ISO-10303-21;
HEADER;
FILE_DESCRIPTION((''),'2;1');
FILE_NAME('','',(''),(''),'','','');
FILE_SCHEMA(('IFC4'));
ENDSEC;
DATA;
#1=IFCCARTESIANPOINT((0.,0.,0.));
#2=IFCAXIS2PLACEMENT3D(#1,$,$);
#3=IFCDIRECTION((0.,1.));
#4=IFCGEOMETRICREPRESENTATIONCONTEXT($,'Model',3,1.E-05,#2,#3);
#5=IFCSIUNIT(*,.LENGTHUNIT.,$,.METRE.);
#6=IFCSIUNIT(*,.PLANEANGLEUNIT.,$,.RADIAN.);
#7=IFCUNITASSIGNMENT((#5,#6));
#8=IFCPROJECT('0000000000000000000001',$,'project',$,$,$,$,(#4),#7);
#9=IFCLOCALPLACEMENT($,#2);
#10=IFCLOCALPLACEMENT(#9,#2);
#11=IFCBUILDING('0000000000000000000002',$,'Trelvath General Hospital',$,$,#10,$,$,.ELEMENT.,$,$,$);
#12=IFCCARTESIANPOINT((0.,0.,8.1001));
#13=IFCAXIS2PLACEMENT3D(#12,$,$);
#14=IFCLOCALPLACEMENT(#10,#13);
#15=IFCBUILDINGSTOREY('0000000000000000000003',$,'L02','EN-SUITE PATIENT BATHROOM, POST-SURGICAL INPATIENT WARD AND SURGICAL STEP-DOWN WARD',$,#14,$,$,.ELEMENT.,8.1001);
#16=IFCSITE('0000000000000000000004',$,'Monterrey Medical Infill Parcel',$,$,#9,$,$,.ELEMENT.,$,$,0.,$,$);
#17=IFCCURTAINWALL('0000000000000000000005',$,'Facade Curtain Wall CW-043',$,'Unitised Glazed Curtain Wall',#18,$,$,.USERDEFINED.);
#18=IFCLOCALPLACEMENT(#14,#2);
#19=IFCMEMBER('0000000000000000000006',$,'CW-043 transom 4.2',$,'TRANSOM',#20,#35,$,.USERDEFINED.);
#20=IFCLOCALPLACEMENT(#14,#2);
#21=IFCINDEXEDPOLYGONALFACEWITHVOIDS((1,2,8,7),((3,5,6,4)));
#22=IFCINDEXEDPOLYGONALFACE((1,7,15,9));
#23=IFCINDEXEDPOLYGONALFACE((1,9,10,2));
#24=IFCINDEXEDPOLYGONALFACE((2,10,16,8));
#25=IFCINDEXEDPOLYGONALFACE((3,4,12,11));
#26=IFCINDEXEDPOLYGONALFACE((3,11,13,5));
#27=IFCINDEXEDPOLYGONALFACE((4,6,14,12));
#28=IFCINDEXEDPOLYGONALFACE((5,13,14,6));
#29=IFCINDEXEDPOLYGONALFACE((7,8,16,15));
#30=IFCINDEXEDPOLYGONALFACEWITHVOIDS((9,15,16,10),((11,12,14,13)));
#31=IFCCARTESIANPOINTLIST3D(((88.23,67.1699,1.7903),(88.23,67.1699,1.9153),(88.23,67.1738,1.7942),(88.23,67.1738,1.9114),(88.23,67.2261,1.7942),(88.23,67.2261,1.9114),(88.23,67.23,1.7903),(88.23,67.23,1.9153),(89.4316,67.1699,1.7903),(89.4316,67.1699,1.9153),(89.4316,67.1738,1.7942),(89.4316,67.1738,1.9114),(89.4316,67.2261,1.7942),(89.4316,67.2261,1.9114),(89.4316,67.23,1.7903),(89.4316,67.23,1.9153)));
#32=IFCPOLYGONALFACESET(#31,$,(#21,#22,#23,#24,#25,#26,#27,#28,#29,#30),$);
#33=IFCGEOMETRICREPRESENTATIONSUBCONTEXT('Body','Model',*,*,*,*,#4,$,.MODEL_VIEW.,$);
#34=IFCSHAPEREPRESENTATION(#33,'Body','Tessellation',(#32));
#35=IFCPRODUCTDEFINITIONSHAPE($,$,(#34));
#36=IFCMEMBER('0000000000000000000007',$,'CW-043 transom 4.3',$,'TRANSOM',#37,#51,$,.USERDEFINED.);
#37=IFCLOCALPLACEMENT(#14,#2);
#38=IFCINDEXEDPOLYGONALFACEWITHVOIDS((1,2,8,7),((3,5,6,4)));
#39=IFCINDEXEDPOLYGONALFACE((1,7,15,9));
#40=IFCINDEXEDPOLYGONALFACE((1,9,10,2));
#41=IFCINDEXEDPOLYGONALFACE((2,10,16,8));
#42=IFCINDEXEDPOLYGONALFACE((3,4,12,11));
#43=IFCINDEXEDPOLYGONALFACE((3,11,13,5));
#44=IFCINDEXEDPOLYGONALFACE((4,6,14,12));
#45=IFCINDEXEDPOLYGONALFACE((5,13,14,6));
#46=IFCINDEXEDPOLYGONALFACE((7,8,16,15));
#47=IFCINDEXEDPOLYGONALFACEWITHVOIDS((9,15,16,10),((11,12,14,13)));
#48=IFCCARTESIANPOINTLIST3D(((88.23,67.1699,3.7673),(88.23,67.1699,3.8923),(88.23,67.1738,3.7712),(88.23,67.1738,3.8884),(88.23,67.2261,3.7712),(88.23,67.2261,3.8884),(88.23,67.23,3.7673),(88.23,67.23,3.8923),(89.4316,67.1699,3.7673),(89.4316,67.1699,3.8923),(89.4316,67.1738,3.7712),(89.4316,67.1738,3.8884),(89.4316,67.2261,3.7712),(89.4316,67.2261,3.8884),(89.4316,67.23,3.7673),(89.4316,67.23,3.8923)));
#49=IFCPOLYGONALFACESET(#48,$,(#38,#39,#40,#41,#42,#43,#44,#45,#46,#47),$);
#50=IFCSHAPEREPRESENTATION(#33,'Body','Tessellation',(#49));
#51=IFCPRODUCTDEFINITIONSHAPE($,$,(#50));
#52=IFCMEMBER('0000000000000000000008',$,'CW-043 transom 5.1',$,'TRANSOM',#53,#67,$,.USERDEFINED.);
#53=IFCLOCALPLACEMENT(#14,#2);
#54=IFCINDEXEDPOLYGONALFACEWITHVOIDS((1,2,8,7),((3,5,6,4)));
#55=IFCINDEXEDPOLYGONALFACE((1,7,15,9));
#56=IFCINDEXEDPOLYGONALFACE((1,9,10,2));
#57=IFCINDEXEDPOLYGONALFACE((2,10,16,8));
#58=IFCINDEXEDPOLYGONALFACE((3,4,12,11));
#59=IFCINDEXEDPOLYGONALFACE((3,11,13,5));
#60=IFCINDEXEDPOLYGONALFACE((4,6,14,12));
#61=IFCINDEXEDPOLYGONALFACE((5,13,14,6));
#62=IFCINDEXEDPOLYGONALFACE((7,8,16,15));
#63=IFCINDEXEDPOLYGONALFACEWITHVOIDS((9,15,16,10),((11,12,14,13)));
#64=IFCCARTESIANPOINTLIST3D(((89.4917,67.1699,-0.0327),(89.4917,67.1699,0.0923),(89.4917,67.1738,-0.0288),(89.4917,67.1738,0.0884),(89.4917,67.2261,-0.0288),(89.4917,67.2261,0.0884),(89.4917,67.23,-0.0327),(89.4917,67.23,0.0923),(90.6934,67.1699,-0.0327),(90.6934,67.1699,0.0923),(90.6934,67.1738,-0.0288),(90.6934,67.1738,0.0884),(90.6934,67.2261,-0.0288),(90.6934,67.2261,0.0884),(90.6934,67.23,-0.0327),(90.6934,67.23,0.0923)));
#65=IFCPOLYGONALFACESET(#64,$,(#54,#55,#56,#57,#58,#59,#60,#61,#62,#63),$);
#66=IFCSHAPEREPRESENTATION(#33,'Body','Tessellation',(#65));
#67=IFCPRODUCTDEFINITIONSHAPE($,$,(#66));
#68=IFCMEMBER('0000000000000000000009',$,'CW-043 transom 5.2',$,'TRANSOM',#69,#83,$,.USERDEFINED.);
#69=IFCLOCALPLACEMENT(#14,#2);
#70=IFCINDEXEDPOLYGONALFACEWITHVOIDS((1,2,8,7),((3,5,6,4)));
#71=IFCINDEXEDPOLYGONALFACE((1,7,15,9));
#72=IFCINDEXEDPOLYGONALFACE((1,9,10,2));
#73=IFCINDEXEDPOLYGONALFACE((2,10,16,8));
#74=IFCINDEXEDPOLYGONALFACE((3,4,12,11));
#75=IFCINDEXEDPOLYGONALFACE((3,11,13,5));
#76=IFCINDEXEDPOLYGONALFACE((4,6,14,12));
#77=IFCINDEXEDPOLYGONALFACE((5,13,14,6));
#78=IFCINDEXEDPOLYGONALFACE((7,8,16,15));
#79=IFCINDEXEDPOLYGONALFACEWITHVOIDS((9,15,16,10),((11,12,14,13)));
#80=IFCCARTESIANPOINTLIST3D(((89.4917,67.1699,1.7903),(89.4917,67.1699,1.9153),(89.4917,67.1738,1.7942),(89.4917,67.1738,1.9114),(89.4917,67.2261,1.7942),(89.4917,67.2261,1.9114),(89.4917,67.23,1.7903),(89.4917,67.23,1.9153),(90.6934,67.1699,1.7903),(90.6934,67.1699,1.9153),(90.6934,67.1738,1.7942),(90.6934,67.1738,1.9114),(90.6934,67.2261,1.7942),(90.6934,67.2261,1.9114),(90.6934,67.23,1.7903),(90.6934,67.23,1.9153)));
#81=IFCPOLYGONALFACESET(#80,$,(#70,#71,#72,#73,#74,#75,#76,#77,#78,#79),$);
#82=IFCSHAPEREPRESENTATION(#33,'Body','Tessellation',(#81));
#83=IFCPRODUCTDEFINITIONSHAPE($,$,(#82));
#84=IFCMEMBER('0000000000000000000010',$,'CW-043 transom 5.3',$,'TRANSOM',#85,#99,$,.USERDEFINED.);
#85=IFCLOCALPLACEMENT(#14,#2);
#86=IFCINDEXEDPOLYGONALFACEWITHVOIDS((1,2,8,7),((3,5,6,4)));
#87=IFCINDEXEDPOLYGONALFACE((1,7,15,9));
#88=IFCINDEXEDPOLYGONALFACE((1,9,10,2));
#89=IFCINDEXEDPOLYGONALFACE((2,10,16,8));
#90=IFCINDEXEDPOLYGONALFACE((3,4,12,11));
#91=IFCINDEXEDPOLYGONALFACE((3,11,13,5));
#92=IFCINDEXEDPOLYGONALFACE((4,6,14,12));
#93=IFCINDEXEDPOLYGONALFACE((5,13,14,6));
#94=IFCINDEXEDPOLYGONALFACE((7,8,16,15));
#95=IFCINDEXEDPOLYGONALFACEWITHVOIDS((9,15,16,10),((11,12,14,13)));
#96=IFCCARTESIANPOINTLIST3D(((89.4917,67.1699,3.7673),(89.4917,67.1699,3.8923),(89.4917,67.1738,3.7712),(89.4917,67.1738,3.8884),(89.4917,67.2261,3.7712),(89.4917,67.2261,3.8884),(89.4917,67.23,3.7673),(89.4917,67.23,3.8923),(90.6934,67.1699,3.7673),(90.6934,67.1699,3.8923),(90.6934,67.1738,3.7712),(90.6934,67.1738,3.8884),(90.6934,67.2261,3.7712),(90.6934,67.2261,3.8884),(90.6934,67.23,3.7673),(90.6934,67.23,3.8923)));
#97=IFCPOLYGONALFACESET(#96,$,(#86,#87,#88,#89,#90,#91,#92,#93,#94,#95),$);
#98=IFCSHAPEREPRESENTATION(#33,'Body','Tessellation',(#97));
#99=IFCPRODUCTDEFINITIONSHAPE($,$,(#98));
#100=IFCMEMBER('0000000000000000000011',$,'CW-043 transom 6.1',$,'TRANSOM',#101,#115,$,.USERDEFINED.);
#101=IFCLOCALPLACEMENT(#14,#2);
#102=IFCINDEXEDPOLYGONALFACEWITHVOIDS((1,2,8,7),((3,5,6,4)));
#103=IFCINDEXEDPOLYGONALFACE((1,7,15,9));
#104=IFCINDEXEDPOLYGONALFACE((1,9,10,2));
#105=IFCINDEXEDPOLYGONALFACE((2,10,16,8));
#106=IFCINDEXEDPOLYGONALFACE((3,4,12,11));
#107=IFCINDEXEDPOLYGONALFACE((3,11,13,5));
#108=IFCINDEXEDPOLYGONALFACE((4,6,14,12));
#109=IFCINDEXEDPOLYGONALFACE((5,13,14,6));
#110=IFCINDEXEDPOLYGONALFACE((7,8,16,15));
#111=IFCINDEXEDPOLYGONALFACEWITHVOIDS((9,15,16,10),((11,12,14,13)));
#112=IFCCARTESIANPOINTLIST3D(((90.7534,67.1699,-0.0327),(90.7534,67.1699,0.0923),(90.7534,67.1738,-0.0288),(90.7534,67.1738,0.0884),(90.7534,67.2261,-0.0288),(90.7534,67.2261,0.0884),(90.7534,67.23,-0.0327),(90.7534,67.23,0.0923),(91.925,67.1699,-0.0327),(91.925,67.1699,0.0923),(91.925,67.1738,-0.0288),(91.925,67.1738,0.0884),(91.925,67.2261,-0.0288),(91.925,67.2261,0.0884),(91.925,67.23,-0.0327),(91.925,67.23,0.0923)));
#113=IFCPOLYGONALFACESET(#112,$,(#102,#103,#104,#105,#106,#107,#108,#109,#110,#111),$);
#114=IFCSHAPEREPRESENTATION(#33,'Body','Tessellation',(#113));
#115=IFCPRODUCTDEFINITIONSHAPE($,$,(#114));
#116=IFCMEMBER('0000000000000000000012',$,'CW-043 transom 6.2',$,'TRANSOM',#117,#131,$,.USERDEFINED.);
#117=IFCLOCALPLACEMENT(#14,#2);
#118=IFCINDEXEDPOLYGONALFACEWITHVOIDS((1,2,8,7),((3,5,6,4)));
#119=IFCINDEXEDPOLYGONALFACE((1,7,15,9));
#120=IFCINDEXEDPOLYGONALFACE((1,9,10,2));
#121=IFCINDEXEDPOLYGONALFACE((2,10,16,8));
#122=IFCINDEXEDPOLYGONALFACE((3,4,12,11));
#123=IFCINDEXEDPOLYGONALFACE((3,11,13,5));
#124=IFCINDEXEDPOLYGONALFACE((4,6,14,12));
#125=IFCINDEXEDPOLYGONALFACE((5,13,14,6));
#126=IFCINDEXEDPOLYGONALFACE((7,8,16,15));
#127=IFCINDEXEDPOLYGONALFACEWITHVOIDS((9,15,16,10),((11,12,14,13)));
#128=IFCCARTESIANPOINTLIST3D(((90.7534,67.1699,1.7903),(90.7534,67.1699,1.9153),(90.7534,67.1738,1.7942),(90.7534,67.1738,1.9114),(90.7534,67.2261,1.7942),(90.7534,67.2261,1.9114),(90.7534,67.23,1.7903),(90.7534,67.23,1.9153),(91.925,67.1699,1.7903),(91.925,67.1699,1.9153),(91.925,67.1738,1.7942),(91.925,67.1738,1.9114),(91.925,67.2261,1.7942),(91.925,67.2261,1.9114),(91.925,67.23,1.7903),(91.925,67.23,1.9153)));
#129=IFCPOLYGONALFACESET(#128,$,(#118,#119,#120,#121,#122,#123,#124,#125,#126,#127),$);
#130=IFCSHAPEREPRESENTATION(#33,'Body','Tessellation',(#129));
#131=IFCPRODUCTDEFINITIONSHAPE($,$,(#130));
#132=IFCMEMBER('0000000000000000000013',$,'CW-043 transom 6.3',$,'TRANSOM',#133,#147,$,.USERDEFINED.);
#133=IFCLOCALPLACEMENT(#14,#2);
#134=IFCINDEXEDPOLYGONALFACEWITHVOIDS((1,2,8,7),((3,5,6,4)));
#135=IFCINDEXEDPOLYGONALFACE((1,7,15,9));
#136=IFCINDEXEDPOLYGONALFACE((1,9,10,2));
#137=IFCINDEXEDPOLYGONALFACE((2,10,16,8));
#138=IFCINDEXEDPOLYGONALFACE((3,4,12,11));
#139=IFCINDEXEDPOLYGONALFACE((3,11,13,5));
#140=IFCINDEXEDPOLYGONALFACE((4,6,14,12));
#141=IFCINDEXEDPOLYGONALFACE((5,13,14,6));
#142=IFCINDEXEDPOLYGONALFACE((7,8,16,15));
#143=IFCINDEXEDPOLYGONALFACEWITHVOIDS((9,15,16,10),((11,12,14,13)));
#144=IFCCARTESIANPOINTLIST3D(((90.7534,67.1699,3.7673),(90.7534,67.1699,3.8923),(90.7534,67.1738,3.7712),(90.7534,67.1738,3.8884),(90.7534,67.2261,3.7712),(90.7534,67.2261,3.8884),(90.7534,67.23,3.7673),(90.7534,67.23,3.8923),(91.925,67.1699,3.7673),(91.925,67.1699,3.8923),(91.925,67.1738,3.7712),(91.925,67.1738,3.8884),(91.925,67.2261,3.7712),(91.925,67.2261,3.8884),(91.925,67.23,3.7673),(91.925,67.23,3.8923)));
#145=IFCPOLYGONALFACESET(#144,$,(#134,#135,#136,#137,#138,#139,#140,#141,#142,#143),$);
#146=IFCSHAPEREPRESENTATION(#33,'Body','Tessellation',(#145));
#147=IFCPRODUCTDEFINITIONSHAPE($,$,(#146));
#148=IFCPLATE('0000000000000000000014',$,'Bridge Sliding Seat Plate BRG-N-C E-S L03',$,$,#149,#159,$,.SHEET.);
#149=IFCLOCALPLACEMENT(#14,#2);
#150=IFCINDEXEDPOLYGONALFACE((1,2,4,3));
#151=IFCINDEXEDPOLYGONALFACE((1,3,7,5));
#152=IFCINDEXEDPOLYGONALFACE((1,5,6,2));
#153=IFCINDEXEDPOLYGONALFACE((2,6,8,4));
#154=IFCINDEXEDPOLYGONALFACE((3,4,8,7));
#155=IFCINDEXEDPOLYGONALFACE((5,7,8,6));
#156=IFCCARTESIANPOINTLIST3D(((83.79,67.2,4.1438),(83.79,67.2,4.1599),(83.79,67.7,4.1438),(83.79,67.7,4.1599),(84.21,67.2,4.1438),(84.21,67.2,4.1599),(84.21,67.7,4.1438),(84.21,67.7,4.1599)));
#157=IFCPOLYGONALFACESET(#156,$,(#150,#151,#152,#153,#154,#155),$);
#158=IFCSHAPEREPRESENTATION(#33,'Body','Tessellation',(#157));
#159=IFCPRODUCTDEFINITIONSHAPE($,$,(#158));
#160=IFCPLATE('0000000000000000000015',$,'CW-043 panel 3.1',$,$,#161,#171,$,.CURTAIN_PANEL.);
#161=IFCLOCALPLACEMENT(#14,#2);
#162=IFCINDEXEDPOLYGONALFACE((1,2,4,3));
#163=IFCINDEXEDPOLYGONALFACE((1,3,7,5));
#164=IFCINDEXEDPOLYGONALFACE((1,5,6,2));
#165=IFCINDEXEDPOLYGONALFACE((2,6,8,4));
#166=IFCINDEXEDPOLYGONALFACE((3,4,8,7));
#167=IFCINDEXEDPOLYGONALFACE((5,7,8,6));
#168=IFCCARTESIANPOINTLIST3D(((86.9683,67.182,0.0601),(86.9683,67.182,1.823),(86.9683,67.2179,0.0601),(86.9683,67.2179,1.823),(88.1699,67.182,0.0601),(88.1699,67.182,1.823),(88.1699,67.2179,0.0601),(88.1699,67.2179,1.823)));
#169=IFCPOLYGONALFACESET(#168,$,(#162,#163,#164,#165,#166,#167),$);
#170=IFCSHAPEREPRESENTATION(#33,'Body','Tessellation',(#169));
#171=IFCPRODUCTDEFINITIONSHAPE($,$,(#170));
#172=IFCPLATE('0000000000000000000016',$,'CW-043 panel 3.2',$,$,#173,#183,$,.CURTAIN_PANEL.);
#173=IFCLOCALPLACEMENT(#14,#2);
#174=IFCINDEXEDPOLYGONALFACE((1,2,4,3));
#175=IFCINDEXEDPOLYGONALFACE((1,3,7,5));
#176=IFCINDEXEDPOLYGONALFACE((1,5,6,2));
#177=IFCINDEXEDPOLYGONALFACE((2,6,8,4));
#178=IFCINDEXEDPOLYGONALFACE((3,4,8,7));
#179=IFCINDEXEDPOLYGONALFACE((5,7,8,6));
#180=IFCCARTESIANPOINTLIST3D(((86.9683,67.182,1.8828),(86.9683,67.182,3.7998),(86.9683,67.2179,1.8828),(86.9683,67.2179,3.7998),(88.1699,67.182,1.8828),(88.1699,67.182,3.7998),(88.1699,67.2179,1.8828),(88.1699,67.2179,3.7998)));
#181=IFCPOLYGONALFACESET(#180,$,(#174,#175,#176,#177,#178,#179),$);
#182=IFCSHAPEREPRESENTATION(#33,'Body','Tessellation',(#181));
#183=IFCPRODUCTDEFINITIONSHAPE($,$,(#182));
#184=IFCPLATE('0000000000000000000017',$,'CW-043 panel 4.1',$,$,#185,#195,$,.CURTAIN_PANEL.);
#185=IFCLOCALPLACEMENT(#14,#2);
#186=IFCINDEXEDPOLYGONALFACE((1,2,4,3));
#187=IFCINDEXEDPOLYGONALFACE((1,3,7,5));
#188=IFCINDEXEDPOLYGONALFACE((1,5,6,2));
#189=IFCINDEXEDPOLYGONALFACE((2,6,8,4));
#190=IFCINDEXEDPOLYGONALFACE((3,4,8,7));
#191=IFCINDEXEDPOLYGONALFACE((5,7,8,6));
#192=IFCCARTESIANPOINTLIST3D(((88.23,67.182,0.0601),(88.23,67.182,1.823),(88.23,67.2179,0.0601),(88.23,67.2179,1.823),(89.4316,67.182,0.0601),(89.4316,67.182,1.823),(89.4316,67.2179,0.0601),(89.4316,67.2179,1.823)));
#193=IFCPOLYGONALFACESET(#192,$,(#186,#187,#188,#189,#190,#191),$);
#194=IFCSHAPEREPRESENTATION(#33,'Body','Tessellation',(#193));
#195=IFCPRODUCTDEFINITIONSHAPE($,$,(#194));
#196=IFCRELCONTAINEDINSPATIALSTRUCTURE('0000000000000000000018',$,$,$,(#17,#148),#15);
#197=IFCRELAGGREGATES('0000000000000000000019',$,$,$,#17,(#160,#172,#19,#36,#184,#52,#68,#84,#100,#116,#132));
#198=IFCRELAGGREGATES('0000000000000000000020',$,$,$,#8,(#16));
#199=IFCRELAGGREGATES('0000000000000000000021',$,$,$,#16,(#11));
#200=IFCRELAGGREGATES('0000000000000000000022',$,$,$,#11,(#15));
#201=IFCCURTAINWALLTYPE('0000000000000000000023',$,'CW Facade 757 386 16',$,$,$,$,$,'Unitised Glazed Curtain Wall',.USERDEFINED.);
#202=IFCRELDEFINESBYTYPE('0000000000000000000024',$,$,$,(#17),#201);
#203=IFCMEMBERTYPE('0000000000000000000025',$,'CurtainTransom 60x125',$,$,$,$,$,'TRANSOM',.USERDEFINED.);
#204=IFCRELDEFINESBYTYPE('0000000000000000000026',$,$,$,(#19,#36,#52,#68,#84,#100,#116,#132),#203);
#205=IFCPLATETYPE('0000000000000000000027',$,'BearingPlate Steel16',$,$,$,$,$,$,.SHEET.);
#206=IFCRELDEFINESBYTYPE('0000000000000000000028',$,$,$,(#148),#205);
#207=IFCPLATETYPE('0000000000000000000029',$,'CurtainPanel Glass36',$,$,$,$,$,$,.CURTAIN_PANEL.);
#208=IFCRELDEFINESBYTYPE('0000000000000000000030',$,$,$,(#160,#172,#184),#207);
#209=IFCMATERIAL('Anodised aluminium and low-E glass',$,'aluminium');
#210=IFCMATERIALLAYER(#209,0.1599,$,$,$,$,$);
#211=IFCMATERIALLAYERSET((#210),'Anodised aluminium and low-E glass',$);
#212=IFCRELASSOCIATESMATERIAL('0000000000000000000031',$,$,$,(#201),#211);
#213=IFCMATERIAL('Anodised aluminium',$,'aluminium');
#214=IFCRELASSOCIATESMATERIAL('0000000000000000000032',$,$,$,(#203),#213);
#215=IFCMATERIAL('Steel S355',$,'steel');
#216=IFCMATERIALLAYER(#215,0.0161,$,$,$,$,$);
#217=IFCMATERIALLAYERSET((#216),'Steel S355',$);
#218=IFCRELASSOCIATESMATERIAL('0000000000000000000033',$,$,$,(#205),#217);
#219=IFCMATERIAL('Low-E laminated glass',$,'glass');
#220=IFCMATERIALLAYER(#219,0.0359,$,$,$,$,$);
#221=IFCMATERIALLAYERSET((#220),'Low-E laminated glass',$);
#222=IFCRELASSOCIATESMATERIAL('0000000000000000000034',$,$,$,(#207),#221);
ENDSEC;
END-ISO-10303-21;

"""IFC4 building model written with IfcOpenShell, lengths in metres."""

from ifc_helpers import new_model, si_unit, direction, frame, origin, origin_2d, place, context, subcontext, project, spatial, rectangle, hollow_rectangle, extrude, material, layer, layer_set, material_profile, profile_set, type_object, element, aggregate, save


model = new_model("IFC4")

# Units and contexts
model_context = context("Model", 3, precision=1e-05, world=origin(), true_north=direction((0.0, 1.0)))
body_context = subcontext(model_context, "Body", "Model", "MODEL_VIEW")
ifc_project = project(units=[si_unit("LENGTHUNIT", "METRE"), si_unit("PLANEANGLEUNIT", "RADIAN")], contexts=[model_context])

# Site, building, storey
site_placement = place(None, origin())
site = spatial("IfcSite", under=ifc_project, at=site_placement, Name="Monterrey Medical Infill Parcel", CompositionType="ELEMENT", RefElevation=0.0)
building_placement = place(site_placement, origin())
building = spatial("IfcBuilding", under=site, at=building_placement, Name="Trelvath General Hospital", CompositionType="ELEMENT")
storey_placement = place(building_placement, frame((0.0, 0.0, 8.1001)))
storey = spatial("IfcBuildingStorey", under=building, at=storey_placement, Name="L02", Description="EN-SUITE PATIENT BATHROOM, POST-SURGICAL INPATIENT WARD AND SURGICAL STEP-DOWN WARD", CompositionType="ELEMENT", Elevation=8.1001)

# Curtain wall
ifc_material_1 = material(Name="Anodised aluminium and low-E glass", Category="aluminium")
ifc_layer_1 = layer(ifc_material_1, 0.1599)
ifc_layer_set_1 = layer_set([ifc_layer_1], Name="Anodised aluminium and low-E glass")
curtain_wall_type_1 = type_object("IfcCurtainWallType", Name="CW Facade 757 386 16", ElementType="Unitised Glazed Curtain Wall", PredefinedType="USERDEFINED", material=ifc_layer_set_1)
curtain_wall_1_placement = place(storey_placement, origin())
curtain_wall_1 = element("IfcCurtainWall", 1, at=curtain_wall_1_placement, inside=storey, type_object=curtain_wall_type_1, Name="Facade Curtain Wall CW-043", ObjectType="Unitised Glazed Curtain Wall", PredefinedType="USERDEFINED")

# Members
ifc_material_2 = material(Name="Anodised aluminium", Category="aluminium")
ifc_material_profile_1 = material_profile(ifc_material_2, hollow_rectangle(XDim=0.0601, YDim=0.125, WallThickness=0.0039, at=origin_2d()), Name="RHS60x125x4")
ifc_profile_set_1 = profile_set([ifc_material_profile_1], Name="Anodised aluminium")
member_type_1 = type_object("IfcMemberType", Name="CurtainTransom 60x125", ElementType="TRANSOM", PredefinedType="USERDEFINED", material=ifc_profile_set_1)
member_1_placement = place(storey_placement, frame((88.23, 67.2, 1.8528), z_axis=(1.0, 0.0, 0.0), x_axis=(0.0, 1.0, 0.0)))
member_1 = element("IfcMember", 2, at=member_1_placement, type_object=member_type_1, Name="CW-043 transom 4.2", ObjectType="TRANSOM", PredefinedType="USERDEFINED", context=body_context, shape_type="SweptSolid", body=[
    extrude(hollow_rectangle(XDim=0.0601, YDim=0.125, WallThickness=0.0039, at=origin_2d()), origin(), (0.0, 0.0, 1.0), 1.2017),
])
member_2_placement = place(storey_placement, frame((88.23, 67.2, 3.8298), z_axis=(1.0, 0.0, 0.0), x_axis=(0.0, 1.0, 0.0)))
member_2 = element("IfcMember", 3, at=member_2_placement, type_object=member_type_1, Name="CW-043 transom 4.3", ObjectType="TRANSOM", PredefinedType="USERDEFINED", context=body_context, shape_type="SweptSolid", body=[
    extrude(hollow_rectangle(XDim=0.0601, YDim=0.125, WallThickness=0.0039, at=origin_2d()), origin(), (0.0, 0.0, 1.0), 1.2017),
])
member_3_placement = place(storey_placement, frame((89.4917, 67.2, 0.0298), z_axis=(1.0, 0.0, 0.0), x_axis=(0.0, 1.0, 0.0)))
member_3 = element("IfcMember", 4, at=member_3_placement, type_object=member_type_1, Name="CW-043 transom 5.1", ObjectType="TRANSOM", PredefinedType="USERDEFINED", context=body_context, shape_type="SweptSolid", body=[
    extrude(hollow_rectangle(XDim=0.0601, YDim=0.125, WallThickness=0.0039, at=origin_2d()), origin(), (0.0, 0.0, 1.0), 1.2017),
])
member_4_placement = place(storey_placement, frame((89.4917, 67.2, 1.8528), z_axis=(1.0, 0.0, 0.0), x_axis=(0.0, 1.0, 0.0)))
member_4 = element("IfcMember", 5, at=member_4_placement, type_object=member_type_1, Name="CW-043 transom 5.2", ObjectType="TRANSOM", PredefinedType="USERDEFINED", context=body_context, shape_type="SweptSolid", body=[
    extrude(hollow_rectangle(XDim=0.0601, YDim=0.125, WallThickness=0.0039, at=origin_2d()), origin(), (0.0, 0.0, 1.0), 1.2017),
])
member_5_placement = place(storey_placement, frame((89.4917, 67.2, 3.8298), z_axis=(1.0, 0.0, 0.0), x_axis=(0.0, 1.0, 0.0)))
member_5 = element("IfcMember", 6, at=member_5_placement, type_object=member_type_1, Name="CW-043 transom 5.3", ObjectType="TRANSOM", PredefinedType="USERDEFINED", context=body_context, shape_type="SweptSolid", body=[
    extrude(hollow_rectangle(XDim=0.0601, YDim=0.125, WallThickness=0.0039, at=origin_2d()), origin(), (0.0, 0.0, 1.0), 1.2017),
])
member_6_placement = place(storey_placement, frame((90.7534, 67.2, 0.0298), z_axis=(1.0, 0.0, 0.0), x_axis=(0.0, 1.0, 0.0)))
member_6 = element("IfcMember", 7, at=member_6_placement, type_object=member_type_1, Name="CW-043 transom 6.1", ObjectType="TRANSOM", PredefinedType="USERDEFINED", context=body_context, shape_type="SweptSolid", body=[
    extrude(hollow_rectangle(XDim=0.0601, YDim=0.125, WallThickness=0.0039, at=origin_2d()), origin(), (0.0, 0.0, 1.0), 1.1716),
])
member_7_placement = place(storey_placement, frame((90.7534, 67.2, 1.8528), z_axis=(1.0, 0.0, 0.0), x_axis=(0.0, 1.0, 0.0)))
member_7 = element("IfcMember", 8, at=member_7_placement, type_object=member_type_1, Name="CW-043 transom 6.2", ObjectType="TRANSOM", PredefinedType="USERDEFINED", context=body_context, shape_type="SweptSolid", body=[
    extrude(hollow_rectangle(XDim=0.0601, YDim=0.125, WallThickness=0.0039, at=origin_2d()), origin(), (0.0, 0.0, 1.0), 1.1716),
])
member_8_placement = place(storey_placement, frame((90.7534, 67.2, 3.8298), z_axis=(1.0, 0.0, 0.0), x_axis=(0.0, 1.0, 0.0)))
member_8 = element("IfcMember", 9, at=member_8_placement, type_object=member_type_1, Name="CW-043 transom 6.3", ObjectType="TRANSOM", PredefinedType="USERDEFINED", context=body_context, shape_type="SweptSolid", body=[
    extrude(hollow_rectangle(XDim=0.0601, YDim=0.125, WallThickness=0.0039, at=origin_2d()), origin(), (0.0, 0.0, 1.0), 1.1716),
])

# Plates
ifc_material_3 = material(Name="Steel S355", Category="steel")
ifc_layer_2 = layer(ifc_material_3, 0.0161)
ifc_layer_set_2 = layer_set([ifc_layer_2], Name="Steel S355")
plate_type_1 = type_object("IfcPlateType", Name="BearingPlate Steel16", PredefinedType="SHEET", material=ifc_layer_set_2)
plate_1_placement = place(storey_placement, frame((84.0, 67.45, 4.1438), z_axis=(0.0, 0.0, 1.0), x_axis=(1.0, 0.0, 0.0)))
element("IfcPlate", 10, at=plate_1_placement, inside=storey, type_object=plate_type_1, Name="Bridge Sliding Seat Plate BRG-N-C E-S L03", PredefinedType="SHEET", context=body_context, shape_type="SweptSolid", body=[
    extrude(rectangle(XDim=0.4199, YDim=0.5, at=origin_2d()), origin(), (0.0, 0.0, 1.0), 0.0161),
])
ifc_material_4 = material(Name="Low-E laminated glass", Category="glass")
ifc_layer_3 = layer(ifc_material_4, 0.0359)
ifc_layer_set_3 = layer_set([ifc_layer_3], Name="Low-E laminated glass")
plate_type_2 = type_object("IfcPlateType", Name="CurtainPanel Glass36", PredefinedType="CURTAIN_PANEL", material=ifc_layer_set_3)
plate_2_placement = place(storey_placement, frame((87.5691, 67.2, 0.0601), z_axis=(0.0, 0.0, 1.0), x_axis=(1.0, 0.0, 0.0)))
plate_2 = element("IfcPlate", 11, at=plate_2_placement, type_object=plate_type_2, Name="CW-043 panel 3.1", PredefinedType="CURTAIN_PANEL", context=body_context, shape_type="SweptSolid", body=[
    extrude(rectangle(XDim=1.2017, YDim=0.0359, at=origin_2d()), origin(), (0.0, 0.0, 1.0), 1.7629),
])
plate_3_placement = place(storey_placement, frame((87.5691, 67.2, 1.8828), z_axis=(0.0, 0.0, 1.0), x_axis=(1.0, 0.0, 0.0)))
plate_3 = element("IfcPlate", 12, at=plate_3_placement, type_object=plate_type_2, Name="CW-043 panel 3.2", PredefinedType="CURTAIN_PANEL", context=body_context, shape_type="SweptSolid", body=[
    extrude(rectangle(XDim=1.2017, YDim=0.0359, at=origin_2d()), origin(), (0.0, 0.0, 1.0), 1.917),
])
plate_4_placement = place(storey_placement, frame((88.8308, 67.2, 0.0601), z_axis=(0.0, 0.0, 1.0), x_axis=(1.0, 0.0, 0.0)))
plate_4 = element("IfcPlate", 13, at=plate_4_placement, type_object=plate_type_2, Name="CW-043 panel 4.1", PredefinedType="CURTAIN_PANEL", context=body_context, shape_type="SweptSolid", body=[
    extrude(rectangle(XDim=1.2017, YDim=0.0359, at=origin_2d()), origin(), (0.0, 0.0, 1.0), 1.7629),
])
aggregate(curtain_wall_1, [plate_2, plate_3, member_1, member_2, plate_4, member_3, member_4, member_5, member_6, member_7, member_8])

save(model, "model.ifc")
